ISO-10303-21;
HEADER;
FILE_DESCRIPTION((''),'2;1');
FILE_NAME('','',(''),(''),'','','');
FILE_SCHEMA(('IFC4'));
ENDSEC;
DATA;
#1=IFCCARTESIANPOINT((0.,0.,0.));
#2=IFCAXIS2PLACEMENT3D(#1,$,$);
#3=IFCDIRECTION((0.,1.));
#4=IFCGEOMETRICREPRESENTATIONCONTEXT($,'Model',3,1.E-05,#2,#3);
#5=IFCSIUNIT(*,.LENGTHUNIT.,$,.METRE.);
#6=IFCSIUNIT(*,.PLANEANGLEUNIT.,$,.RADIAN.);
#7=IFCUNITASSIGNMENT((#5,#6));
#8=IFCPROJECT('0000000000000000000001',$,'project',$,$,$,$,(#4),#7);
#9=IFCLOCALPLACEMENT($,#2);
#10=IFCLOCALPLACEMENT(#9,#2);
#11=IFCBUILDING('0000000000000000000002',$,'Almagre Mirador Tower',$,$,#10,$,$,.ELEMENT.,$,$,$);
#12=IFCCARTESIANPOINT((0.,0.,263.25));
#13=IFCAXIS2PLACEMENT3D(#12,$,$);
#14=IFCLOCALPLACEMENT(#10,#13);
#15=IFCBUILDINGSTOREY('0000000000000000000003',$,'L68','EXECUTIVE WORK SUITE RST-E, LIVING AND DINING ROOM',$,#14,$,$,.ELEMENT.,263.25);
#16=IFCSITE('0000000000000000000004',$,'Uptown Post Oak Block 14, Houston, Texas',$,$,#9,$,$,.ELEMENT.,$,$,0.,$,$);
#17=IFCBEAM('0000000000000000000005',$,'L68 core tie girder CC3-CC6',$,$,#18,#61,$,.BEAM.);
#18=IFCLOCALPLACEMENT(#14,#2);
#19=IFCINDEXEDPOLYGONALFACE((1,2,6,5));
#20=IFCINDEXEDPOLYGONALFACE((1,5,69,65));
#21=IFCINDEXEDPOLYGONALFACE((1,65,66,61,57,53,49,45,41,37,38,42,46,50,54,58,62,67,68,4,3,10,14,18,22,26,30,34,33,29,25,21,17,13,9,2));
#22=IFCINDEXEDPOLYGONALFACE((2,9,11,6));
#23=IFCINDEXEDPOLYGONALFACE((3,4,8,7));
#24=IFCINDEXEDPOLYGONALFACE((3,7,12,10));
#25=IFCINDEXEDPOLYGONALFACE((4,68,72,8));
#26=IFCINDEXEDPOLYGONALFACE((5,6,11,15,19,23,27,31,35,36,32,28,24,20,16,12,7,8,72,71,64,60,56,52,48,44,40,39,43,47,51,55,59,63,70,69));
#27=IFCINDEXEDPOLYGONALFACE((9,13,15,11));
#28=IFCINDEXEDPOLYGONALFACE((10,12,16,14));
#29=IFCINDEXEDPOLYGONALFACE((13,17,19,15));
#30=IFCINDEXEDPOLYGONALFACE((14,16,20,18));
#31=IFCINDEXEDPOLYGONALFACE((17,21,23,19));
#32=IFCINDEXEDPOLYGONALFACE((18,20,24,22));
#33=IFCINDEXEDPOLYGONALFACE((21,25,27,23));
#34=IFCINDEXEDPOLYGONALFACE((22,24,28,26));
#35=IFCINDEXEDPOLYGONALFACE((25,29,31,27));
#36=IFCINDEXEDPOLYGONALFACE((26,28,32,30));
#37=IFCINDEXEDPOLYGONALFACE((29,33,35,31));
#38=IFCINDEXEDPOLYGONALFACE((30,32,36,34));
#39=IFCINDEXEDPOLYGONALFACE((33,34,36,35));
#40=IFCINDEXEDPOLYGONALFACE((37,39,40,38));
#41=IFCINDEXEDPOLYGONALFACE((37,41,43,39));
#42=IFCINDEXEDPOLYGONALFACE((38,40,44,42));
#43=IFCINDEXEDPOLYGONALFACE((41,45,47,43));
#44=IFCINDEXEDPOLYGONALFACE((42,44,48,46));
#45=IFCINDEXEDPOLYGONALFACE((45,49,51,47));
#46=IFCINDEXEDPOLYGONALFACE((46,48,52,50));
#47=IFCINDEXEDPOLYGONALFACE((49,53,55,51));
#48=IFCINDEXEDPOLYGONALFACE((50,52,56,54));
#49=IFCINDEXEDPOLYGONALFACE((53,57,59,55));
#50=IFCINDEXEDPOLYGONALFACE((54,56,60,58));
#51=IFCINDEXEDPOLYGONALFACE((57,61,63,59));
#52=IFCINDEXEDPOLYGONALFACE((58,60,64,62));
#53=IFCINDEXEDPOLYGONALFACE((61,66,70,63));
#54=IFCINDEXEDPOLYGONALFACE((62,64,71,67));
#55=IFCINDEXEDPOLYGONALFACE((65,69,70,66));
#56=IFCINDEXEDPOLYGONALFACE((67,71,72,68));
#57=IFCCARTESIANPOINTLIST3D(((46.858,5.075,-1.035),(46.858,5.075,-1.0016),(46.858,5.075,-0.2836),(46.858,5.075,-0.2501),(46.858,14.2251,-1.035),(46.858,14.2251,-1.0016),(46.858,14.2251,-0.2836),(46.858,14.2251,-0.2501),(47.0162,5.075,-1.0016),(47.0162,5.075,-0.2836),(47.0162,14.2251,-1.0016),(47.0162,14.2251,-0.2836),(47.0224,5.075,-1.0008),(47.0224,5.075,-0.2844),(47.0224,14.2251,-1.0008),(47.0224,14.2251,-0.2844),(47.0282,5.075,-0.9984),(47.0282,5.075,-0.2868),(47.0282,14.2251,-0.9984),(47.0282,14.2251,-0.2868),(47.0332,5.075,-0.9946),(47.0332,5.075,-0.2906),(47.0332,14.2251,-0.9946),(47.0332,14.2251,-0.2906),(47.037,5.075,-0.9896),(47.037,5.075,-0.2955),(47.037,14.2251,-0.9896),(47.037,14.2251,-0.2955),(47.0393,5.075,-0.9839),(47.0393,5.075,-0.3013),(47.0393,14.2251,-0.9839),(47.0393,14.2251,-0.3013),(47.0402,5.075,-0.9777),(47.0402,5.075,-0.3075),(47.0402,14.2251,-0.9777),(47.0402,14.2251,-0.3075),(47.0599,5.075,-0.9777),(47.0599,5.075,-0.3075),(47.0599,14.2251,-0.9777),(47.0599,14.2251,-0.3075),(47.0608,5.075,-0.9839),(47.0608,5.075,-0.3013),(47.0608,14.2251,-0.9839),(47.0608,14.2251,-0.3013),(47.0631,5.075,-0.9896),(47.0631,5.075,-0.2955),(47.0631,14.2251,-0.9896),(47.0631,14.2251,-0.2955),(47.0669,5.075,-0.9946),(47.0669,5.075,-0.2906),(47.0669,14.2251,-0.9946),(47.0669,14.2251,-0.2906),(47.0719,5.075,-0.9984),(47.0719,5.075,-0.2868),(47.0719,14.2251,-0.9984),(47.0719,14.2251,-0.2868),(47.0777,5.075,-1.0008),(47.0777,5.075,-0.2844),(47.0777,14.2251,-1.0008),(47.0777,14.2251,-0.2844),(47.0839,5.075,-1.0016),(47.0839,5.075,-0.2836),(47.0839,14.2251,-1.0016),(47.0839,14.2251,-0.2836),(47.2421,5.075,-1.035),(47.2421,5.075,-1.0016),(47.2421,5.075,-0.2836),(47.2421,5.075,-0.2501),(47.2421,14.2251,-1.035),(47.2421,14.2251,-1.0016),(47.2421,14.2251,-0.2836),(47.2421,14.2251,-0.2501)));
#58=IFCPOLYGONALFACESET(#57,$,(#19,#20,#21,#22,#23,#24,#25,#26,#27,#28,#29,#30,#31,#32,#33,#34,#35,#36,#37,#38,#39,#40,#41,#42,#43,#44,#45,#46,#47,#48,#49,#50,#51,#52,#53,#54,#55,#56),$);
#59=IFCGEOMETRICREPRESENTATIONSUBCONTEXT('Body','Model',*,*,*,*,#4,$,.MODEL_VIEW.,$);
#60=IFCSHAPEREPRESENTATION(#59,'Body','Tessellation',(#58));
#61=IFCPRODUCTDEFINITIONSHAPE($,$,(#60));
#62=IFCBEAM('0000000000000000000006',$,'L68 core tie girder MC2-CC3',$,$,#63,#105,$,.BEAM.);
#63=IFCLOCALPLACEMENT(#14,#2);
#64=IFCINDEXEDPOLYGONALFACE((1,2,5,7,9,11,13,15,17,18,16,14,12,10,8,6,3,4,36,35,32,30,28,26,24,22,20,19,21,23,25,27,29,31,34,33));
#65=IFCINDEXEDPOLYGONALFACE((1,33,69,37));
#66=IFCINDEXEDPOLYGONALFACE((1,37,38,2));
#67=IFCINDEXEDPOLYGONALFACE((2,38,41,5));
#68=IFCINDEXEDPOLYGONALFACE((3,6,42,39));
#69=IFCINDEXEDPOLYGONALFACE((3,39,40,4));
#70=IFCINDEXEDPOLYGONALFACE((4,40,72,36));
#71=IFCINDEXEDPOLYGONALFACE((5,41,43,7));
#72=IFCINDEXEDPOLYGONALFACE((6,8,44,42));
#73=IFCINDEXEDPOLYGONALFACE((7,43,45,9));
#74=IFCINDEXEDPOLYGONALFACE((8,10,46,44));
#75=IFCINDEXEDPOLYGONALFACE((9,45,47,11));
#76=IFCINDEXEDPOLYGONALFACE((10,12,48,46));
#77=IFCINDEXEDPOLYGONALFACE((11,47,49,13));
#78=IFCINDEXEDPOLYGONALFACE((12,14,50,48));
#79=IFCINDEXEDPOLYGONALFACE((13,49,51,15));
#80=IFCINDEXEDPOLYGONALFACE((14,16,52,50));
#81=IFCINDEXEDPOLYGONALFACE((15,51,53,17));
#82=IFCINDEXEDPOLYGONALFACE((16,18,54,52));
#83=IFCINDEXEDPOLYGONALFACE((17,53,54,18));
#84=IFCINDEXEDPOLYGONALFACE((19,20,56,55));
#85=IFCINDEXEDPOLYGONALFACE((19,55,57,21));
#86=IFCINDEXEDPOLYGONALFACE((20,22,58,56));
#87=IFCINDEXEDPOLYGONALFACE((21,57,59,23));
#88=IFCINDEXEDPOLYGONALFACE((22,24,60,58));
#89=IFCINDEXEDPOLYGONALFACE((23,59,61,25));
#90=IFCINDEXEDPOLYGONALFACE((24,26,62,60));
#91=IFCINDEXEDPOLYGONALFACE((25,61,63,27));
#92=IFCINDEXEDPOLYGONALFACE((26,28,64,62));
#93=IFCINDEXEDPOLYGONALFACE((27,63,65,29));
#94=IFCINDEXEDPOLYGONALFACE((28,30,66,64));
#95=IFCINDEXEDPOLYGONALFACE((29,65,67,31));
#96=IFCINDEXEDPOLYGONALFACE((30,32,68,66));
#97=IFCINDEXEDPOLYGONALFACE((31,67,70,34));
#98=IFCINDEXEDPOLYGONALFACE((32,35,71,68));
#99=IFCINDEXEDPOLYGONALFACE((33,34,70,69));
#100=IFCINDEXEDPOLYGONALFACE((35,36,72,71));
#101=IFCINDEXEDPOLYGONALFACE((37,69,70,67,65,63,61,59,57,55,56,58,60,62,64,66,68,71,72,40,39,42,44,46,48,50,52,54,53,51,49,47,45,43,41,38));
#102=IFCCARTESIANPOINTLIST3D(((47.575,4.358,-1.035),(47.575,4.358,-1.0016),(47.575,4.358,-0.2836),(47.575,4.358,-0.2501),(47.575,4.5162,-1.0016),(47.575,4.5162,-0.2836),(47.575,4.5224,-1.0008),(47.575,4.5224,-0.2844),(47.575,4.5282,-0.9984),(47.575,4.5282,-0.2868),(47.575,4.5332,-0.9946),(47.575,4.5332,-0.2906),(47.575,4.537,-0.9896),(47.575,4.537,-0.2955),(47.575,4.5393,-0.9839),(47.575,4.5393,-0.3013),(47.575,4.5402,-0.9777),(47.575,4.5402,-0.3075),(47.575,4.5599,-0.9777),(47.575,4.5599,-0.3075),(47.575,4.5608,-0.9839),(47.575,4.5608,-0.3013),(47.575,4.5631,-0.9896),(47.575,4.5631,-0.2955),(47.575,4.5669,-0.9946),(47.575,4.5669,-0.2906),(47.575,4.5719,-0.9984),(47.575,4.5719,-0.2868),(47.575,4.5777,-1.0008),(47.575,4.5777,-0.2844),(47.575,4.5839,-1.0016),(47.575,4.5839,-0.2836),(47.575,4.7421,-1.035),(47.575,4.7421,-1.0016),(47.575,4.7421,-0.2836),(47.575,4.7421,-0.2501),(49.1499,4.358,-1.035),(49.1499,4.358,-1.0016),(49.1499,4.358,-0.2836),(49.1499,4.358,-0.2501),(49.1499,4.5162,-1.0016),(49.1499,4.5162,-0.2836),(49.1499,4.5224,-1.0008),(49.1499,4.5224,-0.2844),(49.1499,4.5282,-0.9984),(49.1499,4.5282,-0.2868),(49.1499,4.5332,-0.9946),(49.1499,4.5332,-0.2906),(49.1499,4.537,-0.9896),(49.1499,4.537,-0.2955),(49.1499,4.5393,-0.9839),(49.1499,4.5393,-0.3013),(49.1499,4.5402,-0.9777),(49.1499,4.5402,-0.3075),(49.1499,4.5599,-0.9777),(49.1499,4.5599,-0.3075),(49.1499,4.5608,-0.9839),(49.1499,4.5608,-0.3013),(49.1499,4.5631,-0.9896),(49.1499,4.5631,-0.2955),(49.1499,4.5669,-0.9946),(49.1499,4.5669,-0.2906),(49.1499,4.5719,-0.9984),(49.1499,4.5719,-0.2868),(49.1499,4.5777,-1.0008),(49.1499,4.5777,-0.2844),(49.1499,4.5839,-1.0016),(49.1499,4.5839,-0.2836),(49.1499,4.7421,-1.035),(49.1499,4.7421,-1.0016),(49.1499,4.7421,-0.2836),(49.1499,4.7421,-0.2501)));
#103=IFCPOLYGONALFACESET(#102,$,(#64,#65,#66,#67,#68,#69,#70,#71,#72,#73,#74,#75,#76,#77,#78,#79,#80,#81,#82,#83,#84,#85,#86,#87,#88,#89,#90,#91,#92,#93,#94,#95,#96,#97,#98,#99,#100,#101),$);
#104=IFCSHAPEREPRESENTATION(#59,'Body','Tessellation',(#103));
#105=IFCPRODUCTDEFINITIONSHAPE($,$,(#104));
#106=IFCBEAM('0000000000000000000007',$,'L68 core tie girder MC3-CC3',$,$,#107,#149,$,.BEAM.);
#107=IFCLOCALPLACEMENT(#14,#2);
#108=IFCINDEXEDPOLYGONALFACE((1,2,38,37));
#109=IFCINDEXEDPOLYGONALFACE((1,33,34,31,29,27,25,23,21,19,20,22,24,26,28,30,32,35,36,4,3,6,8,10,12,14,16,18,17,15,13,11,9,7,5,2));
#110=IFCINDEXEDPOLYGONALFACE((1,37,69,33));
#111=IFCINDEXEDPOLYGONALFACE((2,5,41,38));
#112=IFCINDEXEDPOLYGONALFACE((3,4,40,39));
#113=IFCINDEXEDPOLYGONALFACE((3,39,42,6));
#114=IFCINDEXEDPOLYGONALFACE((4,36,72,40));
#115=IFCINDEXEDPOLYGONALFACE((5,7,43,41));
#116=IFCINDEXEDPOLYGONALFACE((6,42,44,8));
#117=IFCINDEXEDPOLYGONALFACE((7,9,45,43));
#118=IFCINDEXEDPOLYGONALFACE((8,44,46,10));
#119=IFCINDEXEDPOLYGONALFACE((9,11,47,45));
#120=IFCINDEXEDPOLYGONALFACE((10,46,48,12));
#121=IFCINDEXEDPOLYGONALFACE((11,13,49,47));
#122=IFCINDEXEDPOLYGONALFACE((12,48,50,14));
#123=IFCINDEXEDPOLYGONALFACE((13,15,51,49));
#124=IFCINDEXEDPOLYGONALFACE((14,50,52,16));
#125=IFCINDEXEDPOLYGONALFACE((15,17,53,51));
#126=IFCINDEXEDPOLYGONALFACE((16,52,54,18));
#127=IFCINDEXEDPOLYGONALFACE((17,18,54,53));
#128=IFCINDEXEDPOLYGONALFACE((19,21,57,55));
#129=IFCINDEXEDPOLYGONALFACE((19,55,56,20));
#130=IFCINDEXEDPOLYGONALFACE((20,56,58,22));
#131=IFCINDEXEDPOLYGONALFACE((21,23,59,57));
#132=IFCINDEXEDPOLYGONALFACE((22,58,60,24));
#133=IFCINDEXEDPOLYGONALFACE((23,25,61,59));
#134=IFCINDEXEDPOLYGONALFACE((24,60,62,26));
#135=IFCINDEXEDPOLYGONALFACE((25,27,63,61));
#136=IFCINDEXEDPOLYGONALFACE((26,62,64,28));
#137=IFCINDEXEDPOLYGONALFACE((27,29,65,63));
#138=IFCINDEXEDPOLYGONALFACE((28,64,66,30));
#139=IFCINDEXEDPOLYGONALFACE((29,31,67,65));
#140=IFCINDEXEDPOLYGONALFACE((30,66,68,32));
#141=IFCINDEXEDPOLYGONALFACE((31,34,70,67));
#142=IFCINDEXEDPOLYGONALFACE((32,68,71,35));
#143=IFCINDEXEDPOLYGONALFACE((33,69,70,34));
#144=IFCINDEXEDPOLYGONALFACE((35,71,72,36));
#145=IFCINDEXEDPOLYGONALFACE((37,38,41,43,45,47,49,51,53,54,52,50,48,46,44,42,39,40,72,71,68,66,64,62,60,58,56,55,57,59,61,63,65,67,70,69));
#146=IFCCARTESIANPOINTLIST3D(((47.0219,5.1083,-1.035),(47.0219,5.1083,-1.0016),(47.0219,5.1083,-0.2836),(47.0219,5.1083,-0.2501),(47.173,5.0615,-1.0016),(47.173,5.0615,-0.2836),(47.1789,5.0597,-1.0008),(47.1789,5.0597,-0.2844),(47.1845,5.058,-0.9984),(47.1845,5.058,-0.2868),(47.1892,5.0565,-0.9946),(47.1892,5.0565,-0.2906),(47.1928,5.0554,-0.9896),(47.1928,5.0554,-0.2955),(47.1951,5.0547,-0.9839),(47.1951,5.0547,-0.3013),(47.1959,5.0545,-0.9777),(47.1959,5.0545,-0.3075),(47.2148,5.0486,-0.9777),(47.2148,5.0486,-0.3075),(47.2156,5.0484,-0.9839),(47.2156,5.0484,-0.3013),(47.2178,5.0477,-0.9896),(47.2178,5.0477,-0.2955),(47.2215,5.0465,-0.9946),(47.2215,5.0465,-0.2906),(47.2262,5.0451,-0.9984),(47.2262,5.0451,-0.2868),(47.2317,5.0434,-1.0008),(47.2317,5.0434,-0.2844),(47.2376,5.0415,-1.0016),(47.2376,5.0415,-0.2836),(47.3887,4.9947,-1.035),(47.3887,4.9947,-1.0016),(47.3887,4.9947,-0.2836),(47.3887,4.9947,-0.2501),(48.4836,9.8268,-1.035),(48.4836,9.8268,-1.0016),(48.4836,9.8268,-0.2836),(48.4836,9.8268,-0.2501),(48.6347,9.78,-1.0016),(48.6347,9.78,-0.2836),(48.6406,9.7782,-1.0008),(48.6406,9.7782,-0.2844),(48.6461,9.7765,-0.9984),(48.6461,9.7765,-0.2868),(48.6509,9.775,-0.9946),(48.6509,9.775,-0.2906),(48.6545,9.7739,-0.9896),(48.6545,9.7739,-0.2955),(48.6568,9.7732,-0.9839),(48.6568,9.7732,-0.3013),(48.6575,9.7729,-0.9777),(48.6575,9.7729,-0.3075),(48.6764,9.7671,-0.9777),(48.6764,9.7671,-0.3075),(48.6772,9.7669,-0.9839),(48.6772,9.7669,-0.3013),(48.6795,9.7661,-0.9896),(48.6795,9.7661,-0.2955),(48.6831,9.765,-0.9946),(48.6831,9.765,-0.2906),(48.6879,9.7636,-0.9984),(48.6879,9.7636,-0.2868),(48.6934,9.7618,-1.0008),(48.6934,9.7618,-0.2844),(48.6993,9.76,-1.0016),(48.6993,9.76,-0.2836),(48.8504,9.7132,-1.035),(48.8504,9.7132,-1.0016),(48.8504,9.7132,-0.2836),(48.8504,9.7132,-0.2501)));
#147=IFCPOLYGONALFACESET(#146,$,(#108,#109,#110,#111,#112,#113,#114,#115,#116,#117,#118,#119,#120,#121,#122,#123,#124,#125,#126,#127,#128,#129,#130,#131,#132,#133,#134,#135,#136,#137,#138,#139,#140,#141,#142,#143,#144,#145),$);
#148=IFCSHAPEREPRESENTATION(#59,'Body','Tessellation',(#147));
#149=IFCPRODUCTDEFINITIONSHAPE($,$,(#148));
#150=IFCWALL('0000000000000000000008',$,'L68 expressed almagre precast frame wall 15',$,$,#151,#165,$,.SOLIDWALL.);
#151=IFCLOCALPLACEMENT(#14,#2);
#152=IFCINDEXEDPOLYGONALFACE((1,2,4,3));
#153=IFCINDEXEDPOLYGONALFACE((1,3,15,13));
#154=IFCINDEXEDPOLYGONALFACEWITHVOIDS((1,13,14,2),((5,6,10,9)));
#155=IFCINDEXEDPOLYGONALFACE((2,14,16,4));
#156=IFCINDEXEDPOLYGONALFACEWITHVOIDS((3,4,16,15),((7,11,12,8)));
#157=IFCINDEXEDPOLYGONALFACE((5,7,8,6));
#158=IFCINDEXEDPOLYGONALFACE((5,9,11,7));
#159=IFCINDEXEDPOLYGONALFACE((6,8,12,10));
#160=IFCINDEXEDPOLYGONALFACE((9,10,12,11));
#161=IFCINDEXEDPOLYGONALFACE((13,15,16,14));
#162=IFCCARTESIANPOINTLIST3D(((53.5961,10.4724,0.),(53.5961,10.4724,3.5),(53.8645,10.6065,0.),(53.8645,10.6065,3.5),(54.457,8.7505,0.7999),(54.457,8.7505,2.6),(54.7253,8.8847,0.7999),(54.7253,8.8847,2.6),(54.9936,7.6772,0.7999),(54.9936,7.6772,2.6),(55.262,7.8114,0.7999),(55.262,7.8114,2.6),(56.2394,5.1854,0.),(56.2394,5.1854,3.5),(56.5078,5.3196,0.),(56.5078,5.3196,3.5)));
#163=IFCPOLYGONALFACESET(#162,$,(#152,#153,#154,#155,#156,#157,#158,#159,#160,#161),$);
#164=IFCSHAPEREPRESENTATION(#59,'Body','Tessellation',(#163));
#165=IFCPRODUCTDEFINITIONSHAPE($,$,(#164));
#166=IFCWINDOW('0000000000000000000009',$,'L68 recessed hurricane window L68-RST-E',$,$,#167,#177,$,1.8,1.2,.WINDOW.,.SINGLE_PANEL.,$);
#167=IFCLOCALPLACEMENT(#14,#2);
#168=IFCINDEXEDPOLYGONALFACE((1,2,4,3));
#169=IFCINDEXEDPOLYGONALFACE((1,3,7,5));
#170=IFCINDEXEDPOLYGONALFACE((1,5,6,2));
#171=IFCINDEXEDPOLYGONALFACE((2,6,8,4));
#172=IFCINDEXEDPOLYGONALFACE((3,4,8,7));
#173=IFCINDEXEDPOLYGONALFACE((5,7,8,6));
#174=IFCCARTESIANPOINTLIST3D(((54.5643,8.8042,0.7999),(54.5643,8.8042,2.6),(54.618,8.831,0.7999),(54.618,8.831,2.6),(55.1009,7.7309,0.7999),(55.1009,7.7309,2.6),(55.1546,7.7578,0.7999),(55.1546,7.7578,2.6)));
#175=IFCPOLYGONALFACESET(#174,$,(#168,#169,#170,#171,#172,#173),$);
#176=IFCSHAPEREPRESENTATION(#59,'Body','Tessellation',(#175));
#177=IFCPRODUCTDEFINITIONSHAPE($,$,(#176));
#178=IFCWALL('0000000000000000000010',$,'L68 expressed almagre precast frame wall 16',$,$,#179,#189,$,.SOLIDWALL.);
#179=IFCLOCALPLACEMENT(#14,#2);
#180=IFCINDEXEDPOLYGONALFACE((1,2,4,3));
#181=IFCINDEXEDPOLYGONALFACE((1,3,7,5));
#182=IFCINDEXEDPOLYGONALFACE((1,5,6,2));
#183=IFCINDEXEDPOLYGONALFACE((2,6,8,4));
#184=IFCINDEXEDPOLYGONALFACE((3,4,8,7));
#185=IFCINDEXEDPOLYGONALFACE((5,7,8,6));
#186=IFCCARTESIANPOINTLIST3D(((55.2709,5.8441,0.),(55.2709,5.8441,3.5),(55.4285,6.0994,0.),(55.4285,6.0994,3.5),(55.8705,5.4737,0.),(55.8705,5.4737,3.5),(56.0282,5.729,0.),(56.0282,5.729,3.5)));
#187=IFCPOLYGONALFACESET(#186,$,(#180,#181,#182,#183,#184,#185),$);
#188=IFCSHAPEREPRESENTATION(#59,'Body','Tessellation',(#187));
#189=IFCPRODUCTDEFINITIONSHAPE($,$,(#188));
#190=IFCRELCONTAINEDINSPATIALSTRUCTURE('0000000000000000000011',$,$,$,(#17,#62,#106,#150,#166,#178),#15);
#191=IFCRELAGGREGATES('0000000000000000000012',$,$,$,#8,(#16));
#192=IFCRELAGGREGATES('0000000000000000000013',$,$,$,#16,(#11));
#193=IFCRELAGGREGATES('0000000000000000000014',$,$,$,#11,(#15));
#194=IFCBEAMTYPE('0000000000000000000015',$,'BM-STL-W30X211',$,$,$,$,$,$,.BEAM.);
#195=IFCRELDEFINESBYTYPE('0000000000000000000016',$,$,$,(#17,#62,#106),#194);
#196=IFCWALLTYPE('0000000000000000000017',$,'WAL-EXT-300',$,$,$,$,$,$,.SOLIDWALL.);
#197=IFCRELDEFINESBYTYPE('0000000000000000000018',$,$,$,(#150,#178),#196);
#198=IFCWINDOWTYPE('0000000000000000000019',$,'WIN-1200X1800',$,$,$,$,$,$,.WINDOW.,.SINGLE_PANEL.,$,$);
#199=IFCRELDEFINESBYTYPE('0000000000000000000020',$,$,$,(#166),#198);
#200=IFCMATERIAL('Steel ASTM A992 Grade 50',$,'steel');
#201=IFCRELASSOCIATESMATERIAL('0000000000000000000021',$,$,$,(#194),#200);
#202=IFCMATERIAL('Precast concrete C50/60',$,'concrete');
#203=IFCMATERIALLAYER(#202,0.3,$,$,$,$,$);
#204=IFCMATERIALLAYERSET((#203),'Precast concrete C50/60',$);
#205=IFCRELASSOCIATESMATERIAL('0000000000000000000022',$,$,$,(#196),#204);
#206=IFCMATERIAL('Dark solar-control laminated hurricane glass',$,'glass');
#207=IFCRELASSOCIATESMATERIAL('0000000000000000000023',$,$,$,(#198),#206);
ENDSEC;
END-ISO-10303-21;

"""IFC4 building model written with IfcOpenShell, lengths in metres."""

from ifc_helpers import new_model, si_unit, direction, frame, frame_2d, origin, origin_2d, place, context, subcontext, project, spatial, rectangle, i_section, extrude, material, layer, layer_set, material_profile, profile_set, type_object, element, fill, save


model = new_model("IFC4")

# Units and contexts
model_context = context("Model", 3, precision=1e-05, world=origin(), true_north=direction((0.0, 1.0)))
body_context = subcontext(model_context, "Body", "Model", "MODEL_VIEW")
ifc_project = project(units=[si_unit("LENGTHUNIT", "METRE"), si_unit("PLANEANGLEUNIT", "RADIAN")], contexts=[model_context])

# Site, building, storey
site_placement = place(None, origin())
site = spatial("IfcSite", under=ifc_project, at=site_placement, Name="Uptown Post Oak Block 14, Houston, Texas", CompositionType="ELEMENT", RefElevation=0.0)
building_placement = place(site_placement, origin())
building = spatial("IfcBuilding", under=site, at=building_placement, Name="Almagre Mirador Tower", CompositionType="ELEMENT")
storey_placement = place(building_placement, frame((0.0, 0.0, 263.25)))
storey = spatial("IfcBuildingStorey", under=building, at=storey_placement, Name="L68", Description="EXECUTIVE WORK SUITE RST-E, LIVING AND DINING ROOM", CompositionType="ELEMENT", Elevation=263.25)

# Beams
ifc_material_1 = material(Name="Steel ASTM A992 Grade 50", Category="steel")
ifc_material_profile_1 = material_profile(ifc_material_1, i_section(OverallWidth=0.384, OverallDepth=0.7849, WebThickness=0.0198, FlangeThickness=0.0334, FilletRadius=0.0239, at=origin_2d()), Name="W30X211")
ifc_profile_set_1 = profile_set([ifc_material_profile_1], Name="Steel ASTM A992 Grade 50")
beam_type_1 = type_object("IfcBeamType", Name="BM-STL-W30X211", PredefinedType="BEAM", material=ifc_profile_set_1)
beam_1_placement = place(storey_placement, frame((47.05, 5.075, -0.6426), z_axis=(0.0, 1.0, 0.0), x_axis=(-1.0, 0.0, 0.0)))
element("IfcBeam", 1, at=beam_1_placement, inside=storey, type_object=beam_type_1, Name="L68 core tie girder CC3-CC6", PredefinedType="BEAM", context=body_context, shape_type="SweptSolid", body=[
    extrude(i_section(OverallWidth=0.384, OverallDepth=0.7849, WebThickness=0.0198, FlangeThickness=0.0334, FilletRadius=0.0239, at=origin_2d()), origin(), (0.0, 0.0, 1.0), 9.1501),
])
beam_2_placement = place(storey_placement, frame((49.1499, 4.55, -0.6426), z_axis=(-1.0, 0.0, 0.0), x_axis=(0.0, -1.0, 0.0)))
element("IfcBeam", 2, at=beam_2_placement, inside=storey, type_object=beam_type_1, Name="L68 core tie girder MC2-CC3", PredefinedType="BEAM", context=body_context, shape_type="SweptSolid", body=[
    extrude(i_section(OverallWidth=0.384, OverallDepth=0.7849, WebThickness=0.0198, FlangeThickness=0.0334, FilletRadius=0.0239, at=origin_2d()), origin(), (0.0, 0.0, 1.0), 1.575),
])
beam_3_placement = place(storey_placement, frame((48.667, 9.77, -0.6426), z_axis=(-0.295902, -0.955218, 0.0), x_axis=(0.955218, -0.295902, 0.0)))
element("IfcBeam", 3, at=beam_3_placement, inside=storey, type_object=beam_type_1, Name="L68 core tie girder MC3-CC3", PredefinedType="BEAM", context=body_context, shape_type="SweptSolid", body=[
    extrude(i_section(OverallWidth=0.384, OverallDepth=0.7849, WebThickness=0.0198, FlangeThickness=0.0334, FilletRadius=0.0239, at=origin_2d()), origin(), (0.0, 0.0, 1.0), 4.9397),
])

# Wall, opening, window
ifc_material_2 = material(Name="Precast concrete C50/60", Category="concrete")
ifc_layer_1 = layer(ifc_material_2, 0.3)
ifc_layer_set_1 = layer_set([ifc_layer_1], Name="Precast concrete C50/60")
wall_type_1 = type_object("IfcWallType", Name="WAL-EXT-300", PredefinedType="SOLIDWALL", material=ifc_layer_set_1)
wall_1_placement = place(storey_placement, frame((53.7302, 10.5396, 0.0), z_axis=(0.0, 0.0, 1.0), x_axis=(0.447197, -0.894435, 0.0)))
wall_1 = element("IfcWall", 4, at=wall_1_placement, inside=storey, type_object=wall_type_1, Name="L68 expressed almagre precast frame wall 15", PredefinedType="SOLIDWALL", context=body_context, shape_type="SweptSolid", body=[
    extrude(rectangle(XDim=5.9109, YDim=0.3, at=frame_2d((2.9556, 0.0))), origin(), (0.0, 0.0, 1.0), 3.5),
])
opening_1_placement = place(wall_1_placement, frame((1.925, 0.0, 0.8)))
opening_1 = element("IfcOpeningElement", 5, at=opening_1_placement, cuts=wall_1, PredefinedType="OPENING", context=body_context, shape_type="SweptSolid", body=[
    extrude(rectangle(XDim=1.2, YDim=1.8, at=frame_2d((0.6001, 0.8999))), frame((0.0, 0.1599, 0.0), z_axis=(0.0, -1.0, 0.0), x_axis=(1.0, 0.0, 0.0)), (0.0, 0.0, 1.0), 0.32),
])
ifc_material_3 = material(Name="Dark solar-control laminated hurricane glass", Category="glass")
window_type_1 = type_object("IfcWindowType", Name="WIN-1200X1800", PartitioningType="SINGLE_PANEL", PredefinedType="WINDOW", material=ifc_material_3)
window_1_placement = place(opening_1_placement, origin())
window_1 = element("IfcWindow", 6, at=window_1_placement, inside=storey, type_object=window_type_1, Name="L68 recessed hurricane window L68-RST-E", OverallHeight=1.8, OverallWidth=1.2, PartitioningType="SINGLE_PANEL", PredefinedType="WINDOW", context=body_context, shape_type="SweptSolid", body=[
    extrude(rectangle(XDim=1.2, YDim=1.8, at=frame_2d((0.6001, 0.8999))), frame((0.0, 0.03, 0.0), z_axis=(0.0, -1.0, 0.0), x_axis=(1.0, 0.0, 0.0)), (0.0, 0.0, 1.0), 0.0601),
])
fill(opening_1, window_1)

# Wall
wall_2_placement = place(storey_placement, frame((55.9495, 5.6013, 0.0), z_axis=(0.0, 0.0, 1.0), x_axis=(-0.850789, 0.525508, 0.0)))
element("IfcWall", 7, at=wall_2_placement, inside=storey, type_object=wall_type_1, Name="L68 expressed almagre precast frame wall 16", PredefinedType="SOLIDWALL", context=body_context, shape_type="SweptSolid", body=[
    extrude(rectangle(XDim=0.7048, YDim=0.3, at=frame_2d((0.3525, 0.0))), origin(), (0.0, 0.0, 1.0), 3.5),
])

save(model, "model.ifc")
